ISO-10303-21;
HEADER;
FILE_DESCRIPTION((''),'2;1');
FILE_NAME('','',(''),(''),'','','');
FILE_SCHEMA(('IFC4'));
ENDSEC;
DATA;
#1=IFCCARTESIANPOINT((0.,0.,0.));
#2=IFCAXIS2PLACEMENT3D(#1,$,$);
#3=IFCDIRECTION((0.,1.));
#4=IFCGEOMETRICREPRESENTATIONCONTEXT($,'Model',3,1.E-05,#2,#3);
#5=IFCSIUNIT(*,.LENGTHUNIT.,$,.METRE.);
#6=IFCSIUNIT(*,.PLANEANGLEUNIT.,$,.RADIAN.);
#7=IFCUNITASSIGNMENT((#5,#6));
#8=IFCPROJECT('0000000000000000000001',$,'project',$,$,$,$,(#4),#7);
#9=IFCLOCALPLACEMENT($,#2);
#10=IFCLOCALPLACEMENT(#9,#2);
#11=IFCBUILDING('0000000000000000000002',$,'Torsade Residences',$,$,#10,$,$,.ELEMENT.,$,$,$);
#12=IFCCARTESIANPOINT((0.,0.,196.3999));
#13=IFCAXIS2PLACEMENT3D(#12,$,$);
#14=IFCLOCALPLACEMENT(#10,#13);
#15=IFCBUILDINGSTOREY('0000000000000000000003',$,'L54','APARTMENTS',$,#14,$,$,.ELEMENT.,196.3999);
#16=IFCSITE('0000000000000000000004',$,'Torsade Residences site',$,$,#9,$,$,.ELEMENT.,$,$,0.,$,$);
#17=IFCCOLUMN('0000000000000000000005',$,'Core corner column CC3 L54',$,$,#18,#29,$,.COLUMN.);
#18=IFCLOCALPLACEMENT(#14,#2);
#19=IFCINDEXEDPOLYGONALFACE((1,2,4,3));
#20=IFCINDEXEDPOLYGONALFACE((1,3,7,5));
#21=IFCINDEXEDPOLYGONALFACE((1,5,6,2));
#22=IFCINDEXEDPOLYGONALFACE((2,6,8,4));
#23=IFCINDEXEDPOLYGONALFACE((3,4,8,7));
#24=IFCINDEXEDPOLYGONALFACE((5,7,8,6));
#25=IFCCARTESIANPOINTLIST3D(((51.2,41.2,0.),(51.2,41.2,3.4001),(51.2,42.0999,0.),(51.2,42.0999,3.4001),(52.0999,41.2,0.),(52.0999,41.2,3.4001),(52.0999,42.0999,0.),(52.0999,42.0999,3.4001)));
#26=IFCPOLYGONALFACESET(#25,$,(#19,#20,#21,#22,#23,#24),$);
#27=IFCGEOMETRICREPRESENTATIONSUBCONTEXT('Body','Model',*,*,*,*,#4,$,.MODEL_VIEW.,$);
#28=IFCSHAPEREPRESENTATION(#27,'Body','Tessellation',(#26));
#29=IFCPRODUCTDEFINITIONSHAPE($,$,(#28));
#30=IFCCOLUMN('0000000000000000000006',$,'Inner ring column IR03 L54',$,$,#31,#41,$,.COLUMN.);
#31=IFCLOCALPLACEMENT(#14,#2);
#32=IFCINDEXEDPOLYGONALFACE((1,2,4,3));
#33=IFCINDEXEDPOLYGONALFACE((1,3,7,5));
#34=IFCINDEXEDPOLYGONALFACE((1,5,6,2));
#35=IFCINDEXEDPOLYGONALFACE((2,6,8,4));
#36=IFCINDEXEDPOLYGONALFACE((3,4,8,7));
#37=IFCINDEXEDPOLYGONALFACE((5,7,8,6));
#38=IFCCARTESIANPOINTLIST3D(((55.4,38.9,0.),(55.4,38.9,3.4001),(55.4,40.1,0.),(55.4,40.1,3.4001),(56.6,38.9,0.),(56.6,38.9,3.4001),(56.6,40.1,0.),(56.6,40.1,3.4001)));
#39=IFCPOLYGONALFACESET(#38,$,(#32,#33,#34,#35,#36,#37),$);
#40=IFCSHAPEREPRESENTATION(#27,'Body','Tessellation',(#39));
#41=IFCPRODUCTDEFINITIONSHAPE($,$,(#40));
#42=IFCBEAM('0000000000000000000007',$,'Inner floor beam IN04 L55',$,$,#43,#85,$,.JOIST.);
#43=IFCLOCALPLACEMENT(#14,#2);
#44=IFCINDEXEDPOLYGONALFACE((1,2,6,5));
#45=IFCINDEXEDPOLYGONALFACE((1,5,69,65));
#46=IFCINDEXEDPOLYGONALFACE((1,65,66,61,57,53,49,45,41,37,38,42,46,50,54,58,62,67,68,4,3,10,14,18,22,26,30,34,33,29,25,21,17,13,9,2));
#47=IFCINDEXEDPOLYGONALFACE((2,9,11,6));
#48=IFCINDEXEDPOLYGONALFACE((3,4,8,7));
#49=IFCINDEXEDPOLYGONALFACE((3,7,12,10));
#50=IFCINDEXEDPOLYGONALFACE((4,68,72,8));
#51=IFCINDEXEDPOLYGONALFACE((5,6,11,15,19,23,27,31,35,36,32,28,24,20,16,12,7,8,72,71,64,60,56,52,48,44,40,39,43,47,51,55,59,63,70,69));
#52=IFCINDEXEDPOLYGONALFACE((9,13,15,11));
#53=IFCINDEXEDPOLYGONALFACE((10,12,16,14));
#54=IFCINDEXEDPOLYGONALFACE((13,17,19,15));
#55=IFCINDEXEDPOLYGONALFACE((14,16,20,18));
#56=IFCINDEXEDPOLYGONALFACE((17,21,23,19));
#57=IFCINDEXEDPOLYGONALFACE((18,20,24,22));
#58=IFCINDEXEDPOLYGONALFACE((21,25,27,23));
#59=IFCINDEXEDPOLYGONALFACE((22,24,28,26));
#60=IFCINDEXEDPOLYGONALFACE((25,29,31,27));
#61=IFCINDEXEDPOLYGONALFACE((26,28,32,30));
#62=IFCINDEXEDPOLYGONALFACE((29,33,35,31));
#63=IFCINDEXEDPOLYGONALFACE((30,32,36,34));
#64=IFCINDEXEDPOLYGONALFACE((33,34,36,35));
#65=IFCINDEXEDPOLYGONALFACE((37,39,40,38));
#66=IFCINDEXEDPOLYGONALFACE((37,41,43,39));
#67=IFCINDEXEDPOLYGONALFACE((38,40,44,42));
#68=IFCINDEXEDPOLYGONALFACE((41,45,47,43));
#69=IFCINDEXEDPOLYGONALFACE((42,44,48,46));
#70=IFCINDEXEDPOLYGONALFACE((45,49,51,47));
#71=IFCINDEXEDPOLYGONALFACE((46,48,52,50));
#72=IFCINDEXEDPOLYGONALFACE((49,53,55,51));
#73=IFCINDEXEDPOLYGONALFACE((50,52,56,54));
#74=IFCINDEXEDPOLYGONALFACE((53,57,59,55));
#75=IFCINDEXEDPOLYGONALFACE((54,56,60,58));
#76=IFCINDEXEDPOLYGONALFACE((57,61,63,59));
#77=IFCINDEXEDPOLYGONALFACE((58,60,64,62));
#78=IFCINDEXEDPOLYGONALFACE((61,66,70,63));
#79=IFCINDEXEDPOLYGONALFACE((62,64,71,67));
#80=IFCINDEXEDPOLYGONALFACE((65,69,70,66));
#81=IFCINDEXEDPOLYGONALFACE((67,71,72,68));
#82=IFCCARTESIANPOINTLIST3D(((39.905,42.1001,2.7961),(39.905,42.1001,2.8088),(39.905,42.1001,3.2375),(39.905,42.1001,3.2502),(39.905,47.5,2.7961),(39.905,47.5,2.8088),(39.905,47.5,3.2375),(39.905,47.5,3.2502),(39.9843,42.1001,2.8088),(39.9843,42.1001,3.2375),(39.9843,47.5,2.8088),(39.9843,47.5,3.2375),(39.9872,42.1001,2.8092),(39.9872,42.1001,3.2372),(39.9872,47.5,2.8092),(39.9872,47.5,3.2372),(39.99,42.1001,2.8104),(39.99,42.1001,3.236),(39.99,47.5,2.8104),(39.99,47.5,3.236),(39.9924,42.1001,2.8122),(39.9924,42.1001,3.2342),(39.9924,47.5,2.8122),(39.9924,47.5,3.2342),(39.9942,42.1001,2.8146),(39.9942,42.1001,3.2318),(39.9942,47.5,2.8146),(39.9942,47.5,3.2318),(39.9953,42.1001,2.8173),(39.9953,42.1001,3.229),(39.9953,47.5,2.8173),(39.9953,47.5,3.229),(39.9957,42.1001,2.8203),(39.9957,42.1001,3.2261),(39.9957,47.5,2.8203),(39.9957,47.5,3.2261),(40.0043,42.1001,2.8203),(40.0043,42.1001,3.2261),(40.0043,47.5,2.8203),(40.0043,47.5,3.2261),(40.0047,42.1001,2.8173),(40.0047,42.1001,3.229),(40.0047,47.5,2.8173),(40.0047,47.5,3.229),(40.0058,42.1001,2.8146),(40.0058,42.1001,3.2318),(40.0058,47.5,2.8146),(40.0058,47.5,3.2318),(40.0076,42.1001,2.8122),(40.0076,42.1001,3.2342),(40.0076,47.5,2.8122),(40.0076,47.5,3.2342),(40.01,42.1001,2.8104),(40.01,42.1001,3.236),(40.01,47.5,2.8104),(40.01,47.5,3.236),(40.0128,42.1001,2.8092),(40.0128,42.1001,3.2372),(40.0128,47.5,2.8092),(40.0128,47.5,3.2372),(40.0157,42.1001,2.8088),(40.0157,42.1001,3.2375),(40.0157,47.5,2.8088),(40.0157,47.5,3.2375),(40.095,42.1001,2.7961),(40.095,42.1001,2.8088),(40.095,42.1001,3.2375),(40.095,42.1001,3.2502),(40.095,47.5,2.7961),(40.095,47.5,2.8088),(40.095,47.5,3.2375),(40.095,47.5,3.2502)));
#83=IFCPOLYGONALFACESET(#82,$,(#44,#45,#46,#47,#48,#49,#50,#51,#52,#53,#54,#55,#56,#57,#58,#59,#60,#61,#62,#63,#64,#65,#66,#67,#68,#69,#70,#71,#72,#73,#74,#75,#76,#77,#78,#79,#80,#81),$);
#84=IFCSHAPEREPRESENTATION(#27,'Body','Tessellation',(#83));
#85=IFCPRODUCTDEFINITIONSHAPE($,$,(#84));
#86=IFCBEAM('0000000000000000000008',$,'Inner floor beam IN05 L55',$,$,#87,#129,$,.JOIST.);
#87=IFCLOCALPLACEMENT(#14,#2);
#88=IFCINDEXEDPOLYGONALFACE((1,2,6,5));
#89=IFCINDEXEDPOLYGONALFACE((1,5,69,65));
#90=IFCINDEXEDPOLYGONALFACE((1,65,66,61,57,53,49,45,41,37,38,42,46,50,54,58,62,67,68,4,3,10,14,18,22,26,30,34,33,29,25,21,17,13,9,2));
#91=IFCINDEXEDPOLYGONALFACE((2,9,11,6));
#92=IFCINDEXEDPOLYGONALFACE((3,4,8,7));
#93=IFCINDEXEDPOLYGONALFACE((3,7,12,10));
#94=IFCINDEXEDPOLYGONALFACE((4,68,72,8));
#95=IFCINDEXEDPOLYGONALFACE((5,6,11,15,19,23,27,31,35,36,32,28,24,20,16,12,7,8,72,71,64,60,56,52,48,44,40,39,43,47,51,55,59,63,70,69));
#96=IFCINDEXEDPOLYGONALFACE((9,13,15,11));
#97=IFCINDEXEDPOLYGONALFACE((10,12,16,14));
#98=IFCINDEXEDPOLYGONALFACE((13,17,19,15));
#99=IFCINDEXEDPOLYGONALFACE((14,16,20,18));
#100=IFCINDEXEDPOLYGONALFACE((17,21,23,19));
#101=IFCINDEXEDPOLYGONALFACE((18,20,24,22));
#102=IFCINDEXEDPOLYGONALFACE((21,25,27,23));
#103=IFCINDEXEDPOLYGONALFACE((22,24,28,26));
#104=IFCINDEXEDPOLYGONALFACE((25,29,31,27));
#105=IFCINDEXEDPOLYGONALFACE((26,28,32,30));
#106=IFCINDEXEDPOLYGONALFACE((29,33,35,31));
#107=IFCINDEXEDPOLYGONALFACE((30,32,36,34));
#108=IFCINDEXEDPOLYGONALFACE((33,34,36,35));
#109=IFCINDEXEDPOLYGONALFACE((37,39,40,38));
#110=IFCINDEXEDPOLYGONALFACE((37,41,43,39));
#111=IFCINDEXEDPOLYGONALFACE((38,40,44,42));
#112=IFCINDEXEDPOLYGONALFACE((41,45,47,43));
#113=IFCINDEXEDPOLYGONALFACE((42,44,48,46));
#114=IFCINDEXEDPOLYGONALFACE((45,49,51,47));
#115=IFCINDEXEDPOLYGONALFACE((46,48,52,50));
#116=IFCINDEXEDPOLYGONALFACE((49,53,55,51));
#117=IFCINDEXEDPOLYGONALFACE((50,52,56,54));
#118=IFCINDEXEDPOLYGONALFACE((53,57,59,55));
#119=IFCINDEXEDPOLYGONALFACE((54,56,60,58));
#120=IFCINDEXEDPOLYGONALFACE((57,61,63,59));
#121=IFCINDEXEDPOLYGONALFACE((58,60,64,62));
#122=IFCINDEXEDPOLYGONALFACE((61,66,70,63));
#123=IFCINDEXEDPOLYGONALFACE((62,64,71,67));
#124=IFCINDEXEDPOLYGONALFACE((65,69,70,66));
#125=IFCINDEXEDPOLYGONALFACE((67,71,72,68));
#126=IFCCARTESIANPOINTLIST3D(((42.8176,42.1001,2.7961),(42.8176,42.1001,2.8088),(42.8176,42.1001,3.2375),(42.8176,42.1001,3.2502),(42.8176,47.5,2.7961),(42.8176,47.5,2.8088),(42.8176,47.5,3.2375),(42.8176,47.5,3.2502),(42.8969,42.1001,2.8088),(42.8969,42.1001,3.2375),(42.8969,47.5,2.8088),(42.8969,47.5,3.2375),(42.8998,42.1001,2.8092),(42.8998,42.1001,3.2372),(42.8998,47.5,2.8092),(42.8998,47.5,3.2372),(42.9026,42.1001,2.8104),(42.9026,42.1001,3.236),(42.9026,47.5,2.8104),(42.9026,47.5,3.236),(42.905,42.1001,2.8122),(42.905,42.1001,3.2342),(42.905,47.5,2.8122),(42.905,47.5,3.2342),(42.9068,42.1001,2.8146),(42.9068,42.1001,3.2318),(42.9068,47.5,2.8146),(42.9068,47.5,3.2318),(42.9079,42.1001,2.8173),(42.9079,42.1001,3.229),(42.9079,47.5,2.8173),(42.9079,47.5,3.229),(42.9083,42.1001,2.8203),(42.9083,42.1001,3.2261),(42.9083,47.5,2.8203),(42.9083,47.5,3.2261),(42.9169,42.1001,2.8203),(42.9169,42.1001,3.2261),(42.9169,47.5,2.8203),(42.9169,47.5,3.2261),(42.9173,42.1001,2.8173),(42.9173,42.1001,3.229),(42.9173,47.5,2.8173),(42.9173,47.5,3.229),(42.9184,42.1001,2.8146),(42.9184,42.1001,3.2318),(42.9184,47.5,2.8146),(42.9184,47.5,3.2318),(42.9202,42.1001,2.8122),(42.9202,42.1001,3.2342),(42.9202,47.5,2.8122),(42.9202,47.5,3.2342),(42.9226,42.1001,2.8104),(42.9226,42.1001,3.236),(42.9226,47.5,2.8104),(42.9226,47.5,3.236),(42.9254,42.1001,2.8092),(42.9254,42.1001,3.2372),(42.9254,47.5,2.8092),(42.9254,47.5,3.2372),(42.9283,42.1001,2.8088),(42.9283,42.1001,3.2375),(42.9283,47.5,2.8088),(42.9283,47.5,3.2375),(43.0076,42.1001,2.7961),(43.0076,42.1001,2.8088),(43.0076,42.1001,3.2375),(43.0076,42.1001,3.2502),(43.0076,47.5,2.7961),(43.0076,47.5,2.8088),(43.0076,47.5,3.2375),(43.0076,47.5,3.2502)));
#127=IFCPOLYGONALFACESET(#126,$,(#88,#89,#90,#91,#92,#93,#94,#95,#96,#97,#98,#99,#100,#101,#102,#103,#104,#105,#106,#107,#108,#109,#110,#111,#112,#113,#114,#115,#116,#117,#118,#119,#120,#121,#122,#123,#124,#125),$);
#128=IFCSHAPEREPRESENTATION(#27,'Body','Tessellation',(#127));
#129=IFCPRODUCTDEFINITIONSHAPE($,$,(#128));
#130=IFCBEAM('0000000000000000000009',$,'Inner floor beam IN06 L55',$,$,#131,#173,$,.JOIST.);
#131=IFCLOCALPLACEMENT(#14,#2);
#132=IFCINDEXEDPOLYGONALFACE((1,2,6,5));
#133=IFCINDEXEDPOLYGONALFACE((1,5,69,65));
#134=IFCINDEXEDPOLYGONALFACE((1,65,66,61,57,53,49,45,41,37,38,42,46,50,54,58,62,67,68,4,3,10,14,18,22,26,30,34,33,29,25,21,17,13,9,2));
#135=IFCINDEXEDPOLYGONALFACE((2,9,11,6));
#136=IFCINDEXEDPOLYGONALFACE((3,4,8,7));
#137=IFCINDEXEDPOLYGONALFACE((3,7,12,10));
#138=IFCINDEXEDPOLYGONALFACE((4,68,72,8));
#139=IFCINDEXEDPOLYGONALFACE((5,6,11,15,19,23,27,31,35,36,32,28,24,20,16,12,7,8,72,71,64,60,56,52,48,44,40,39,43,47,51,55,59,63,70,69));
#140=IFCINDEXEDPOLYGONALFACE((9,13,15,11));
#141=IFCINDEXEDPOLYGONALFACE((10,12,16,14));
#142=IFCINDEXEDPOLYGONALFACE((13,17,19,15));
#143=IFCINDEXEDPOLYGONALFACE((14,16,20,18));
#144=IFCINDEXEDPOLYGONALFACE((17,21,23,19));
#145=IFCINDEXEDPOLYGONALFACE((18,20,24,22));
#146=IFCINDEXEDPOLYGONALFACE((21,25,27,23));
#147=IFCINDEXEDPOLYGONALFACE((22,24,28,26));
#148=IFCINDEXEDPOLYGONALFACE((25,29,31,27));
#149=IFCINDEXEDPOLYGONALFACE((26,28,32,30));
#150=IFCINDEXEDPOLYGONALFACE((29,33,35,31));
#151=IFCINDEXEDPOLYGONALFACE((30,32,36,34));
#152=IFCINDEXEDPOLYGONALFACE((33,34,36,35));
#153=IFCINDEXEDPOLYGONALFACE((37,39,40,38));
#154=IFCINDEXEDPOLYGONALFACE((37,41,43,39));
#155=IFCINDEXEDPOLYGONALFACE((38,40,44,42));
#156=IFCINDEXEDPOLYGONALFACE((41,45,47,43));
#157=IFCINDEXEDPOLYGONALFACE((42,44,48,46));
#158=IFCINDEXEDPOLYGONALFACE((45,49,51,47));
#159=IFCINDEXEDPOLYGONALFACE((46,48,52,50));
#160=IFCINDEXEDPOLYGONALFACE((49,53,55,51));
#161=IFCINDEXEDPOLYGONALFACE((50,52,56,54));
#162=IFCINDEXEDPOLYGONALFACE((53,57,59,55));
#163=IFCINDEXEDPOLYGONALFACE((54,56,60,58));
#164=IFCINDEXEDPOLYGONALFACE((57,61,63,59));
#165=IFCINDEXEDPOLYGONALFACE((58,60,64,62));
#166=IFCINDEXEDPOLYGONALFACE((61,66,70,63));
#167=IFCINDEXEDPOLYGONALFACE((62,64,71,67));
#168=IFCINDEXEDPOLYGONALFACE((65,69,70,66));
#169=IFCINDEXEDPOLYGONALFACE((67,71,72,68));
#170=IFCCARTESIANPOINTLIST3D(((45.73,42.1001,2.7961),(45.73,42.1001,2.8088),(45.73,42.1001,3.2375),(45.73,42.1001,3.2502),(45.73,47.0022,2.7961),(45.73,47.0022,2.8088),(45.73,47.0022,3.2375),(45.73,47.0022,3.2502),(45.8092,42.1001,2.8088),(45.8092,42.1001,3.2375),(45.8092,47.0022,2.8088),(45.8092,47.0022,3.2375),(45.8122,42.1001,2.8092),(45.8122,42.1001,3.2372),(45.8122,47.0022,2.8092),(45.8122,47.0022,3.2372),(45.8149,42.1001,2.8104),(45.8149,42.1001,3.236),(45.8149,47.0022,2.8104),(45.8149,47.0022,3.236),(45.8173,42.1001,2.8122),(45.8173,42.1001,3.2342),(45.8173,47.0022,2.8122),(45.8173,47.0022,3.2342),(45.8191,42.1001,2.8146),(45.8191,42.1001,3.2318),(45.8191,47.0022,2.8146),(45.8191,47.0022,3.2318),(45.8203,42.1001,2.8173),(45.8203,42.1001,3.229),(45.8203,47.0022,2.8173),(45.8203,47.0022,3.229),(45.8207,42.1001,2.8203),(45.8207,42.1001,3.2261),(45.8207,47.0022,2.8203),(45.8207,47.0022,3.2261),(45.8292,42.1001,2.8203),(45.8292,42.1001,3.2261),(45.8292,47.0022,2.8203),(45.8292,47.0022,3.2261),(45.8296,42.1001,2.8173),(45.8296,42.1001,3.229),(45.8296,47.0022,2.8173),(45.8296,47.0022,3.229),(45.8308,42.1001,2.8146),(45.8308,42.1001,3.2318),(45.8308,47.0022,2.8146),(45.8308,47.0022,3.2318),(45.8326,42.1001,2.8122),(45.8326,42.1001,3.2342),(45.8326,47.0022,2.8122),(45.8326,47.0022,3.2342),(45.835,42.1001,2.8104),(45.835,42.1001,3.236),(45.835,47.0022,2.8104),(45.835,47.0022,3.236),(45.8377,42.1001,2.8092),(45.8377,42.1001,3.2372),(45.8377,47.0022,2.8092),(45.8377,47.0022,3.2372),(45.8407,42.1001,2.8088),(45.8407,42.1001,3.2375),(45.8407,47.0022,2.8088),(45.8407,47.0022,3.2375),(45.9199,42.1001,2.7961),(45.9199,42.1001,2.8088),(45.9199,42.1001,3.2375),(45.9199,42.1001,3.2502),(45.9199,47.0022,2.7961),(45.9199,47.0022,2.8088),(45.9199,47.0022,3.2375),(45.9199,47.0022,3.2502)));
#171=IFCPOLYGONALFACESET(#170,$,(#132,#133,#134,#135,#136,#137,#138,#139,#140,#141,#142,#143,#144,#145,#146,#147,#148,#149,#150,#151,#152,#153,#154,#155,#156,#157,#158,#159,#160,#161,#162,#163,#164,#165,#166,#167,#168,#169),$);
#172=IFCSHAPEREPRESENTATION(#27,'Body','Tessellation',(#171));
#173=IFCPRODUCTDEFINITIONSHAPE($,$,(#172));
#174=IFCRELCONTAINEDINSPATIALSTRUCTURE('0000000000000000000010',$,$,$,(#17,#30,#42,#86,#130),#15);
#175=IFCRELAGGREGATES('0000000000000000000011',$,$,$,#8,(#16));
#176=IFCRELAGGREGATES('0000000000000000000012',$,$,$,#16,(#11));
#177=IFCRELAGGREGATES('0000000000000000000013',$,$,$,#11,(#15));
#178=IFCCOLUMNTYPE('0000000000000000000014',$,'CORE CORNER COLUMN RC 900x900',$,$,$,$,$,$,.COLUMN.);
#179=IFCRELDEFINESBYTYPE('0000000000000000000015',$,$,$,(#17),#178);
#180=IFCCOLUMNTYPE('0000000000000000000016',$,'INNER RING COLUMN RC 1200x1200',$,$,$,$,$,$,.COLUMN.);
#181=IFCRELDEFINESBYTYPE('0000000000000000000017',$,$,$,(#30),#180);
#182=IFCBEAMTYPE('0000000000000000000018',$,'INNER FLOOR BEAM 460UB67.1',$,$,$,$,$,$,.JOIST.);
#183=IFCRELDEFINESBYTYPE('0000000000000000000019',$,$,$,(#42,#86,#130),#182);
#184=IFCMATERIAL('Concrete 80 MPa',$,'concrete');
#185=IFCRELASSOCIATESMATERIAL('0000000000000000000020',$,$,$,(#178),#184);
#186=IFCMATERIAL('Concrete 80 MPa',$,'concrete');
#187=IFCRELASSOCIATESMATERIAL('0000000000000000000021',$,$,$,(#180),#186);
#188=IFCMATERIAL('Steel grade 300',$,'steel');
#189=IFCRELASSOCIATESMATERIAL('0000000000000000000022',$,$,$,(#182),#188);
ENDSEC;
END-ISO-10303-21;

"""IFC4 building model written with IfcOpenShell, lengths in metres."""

from ifc_helpers import new_model, si_unit, direction, frame, origin, origin_2d, place, context, subcontext, project, spatial, rectangle, i_section, extrude, material, material_profile, profile_set, type_object, element, save


model = new_model("IFC4")

# Units and contexts
model_context = context("Model", 3, precision=1e-05, world=origin(), true_north=direction((0.0, 1.0)))
body_context = subcontext(model_context, "Body", "Model", "MODEL_VIEW")
ifc_project = project(units=[si_unit("LENGTHUNIT", "METRE"), si_unit("PLANEANGLEUNIT", "RADIAN")], contexts=[model_context])

# Site, building, storey
site_placement = place(None, origin())
site = spatial("IfcSite", under=ifc_project, at=site_placement, Name="Torsade Residences site", CompositionType="ELEMENT", RefElevation=0.0)
building_placement = place(site_placement, origin())
building = spatial("IfcBuilding", under=site, at=building_placement, Name="Torsade Residences", CompositionType="ELEMENT")
storey_placement = place(building_placement, frame((0.0, 0.0, 196.3999)))
storey = spatial("IfcBuildingStorey", under=building, at=storey_placement, Name="L54", Description="APARTMENTS", CompositionType="ELEMENT", Elevation=196.3999)

# Columns
ifc_material_1 = material(Name="Concrete 80 MPa", Category="concrete")
ifc_material_profile_1 = material_profile(ifc_material_1, rectangle(XDim=0.8999, YDim=0.8999, at=origin_2d()), Name="RC 900x900")
ifc_profile_set_1 = profile_set([ifc_material_profile_1], Name="Concrete 80 MPa")
column_type_1 = type_object("IfcColumnType", Name="CORE CORNER COLUMN RC 900x900", PredefinedType="COLUMN", material=ifc_profile_set_1)
column_1_placement = place(storey_placement, frame((51.6499, 41.6499, 0.0), z_axis=(0.0, 0.0, 1.0), x_axis=(1.0, 0.0, 0.0)))
element("IfcColumn", 1, at=column_1_placement, inside=storey, type_object=column_type_1, Name="Core corner column CC3 L54", PredefinedType="COLUMN", context=body_context, shape_type="SweptSolid", body=[
    extrude(rectangle(XDim=0.8999, YDim=0.8999, at=origin_2d()), origin(), (0.0, 0.0, 1.0), 3.4001),
])
ifc_material_2 = material(Name="Concrete 80 MPa", Category="concrete")
ifc_material_profile_2 = material_profile(ifc_material_2, rectangle(XDim=1.2, YDim=1.2, at=origin_2d()), Name="RC 1200x1200")
ifc_profile_set_2 = profile_set([ifc_material_profile_2], Name="Concrete 80 MPa")
column_type_2 = type_object("IfcColumnType", Name="INNER RING COLUMN RC 1200x1200", PredefinedType="COLUMN", material=ifc_profile_set_2)
column_2_placement = place(storey_placement, frame((56.0, 39.5, 0.0), z_axis=(0.0, 0.0, 1.0), x_axis=(1.0, 0.0, 0.0)))
element("IfcColumn", 2, at=column_2_placement, inside=storey, type_object=column_type_2, Name="Inner ring column IR03 L54", PredefinedType="COLUMN", context=body_context, shape_type="SweptSolid", body=[
    extrude(rectangle(XDim=1.2, YDim=1.2, at=origin_2d()), origin(), (0.0, 0.0, 1.0), 3.4001),
])

# Beams
ifc_material_3 = material(Name="Steel grade 300", Category="steel")
ifc_material_profile_3 = material_profile(ifc_material_3, i_section(OverallWidth=0.1899, OverallDepth=0.4541, WebThickness=0.0085, FlangeThickness=0.0127, FilletRadius=0.0115, at=origin_2d()), Name="460UB67.1")
ifc_profile_set_3 = profile_set([ifc_material_profile_3], Name="Steel grade 300")
beam_type_1 = type_object("IfcBeamType", Name="INNER FLOOR BEAM 460UB67.1", PredefinedType="JOIST", material=ifc_profile_set_3)
for number, where, z_axis, x_axis, name in (
    (3, (40.0, 42.1001, 3.0232), (0.0, 1.0, 0.0), (-1.0, 0.0, 0.0), "Inner floor beam IN04 L55"),
    (4, (42.9126, 42.1001, 3.0232), (0.0, 1.0, 0.0), (-1.0, 0.0, 0.0), "Inner floor beam IN05 L55"),
):
    element("IfcBeam", number, at=place(storey_placement, frame(where, z_axis=z_axis, x_axis=x_axis)), inside=storey, type_object=beam_type_1, Name=name, PredefinedType="JOIST", context=body_context, shape_type="SweptSolid", body=[
        extrude(i_section(OverallWidth=0.1899, OverallDepth=0.4541, WebThickness=0.0085, FlangeThickness=0.0127, FilletRadius=0.0115, at=origin_2d()), origin(), (0.0, 0.0, 1.0), 5.3999),
    ])
beam_1_placement = place(storey_placement, frame((45.825, 42.1001, 3.0232), z_axis=(0.0, 1.0, 0.0), x_axis=(-1.0, 0.0, 0.0)))
element("IfcBeam", 5, at=beam_1_placement, inside=storey, type_object=beam_type_1, Name="Inner floor beam IN06 L55", PredefinedType="JOIST", context=body_context, shape_type="SweptSolid", body=[
    extrude(i_section(OverallWidth=0.1899, OverallDepth=0.4541, WebThickness=0.0085, FlangeThickness=0.0127, FilletRadius=0.0115, at=origin_2d()), origin(), (0.0, 0.0, 1.0), 4.9021),
])

save(model, "model.ifc")
